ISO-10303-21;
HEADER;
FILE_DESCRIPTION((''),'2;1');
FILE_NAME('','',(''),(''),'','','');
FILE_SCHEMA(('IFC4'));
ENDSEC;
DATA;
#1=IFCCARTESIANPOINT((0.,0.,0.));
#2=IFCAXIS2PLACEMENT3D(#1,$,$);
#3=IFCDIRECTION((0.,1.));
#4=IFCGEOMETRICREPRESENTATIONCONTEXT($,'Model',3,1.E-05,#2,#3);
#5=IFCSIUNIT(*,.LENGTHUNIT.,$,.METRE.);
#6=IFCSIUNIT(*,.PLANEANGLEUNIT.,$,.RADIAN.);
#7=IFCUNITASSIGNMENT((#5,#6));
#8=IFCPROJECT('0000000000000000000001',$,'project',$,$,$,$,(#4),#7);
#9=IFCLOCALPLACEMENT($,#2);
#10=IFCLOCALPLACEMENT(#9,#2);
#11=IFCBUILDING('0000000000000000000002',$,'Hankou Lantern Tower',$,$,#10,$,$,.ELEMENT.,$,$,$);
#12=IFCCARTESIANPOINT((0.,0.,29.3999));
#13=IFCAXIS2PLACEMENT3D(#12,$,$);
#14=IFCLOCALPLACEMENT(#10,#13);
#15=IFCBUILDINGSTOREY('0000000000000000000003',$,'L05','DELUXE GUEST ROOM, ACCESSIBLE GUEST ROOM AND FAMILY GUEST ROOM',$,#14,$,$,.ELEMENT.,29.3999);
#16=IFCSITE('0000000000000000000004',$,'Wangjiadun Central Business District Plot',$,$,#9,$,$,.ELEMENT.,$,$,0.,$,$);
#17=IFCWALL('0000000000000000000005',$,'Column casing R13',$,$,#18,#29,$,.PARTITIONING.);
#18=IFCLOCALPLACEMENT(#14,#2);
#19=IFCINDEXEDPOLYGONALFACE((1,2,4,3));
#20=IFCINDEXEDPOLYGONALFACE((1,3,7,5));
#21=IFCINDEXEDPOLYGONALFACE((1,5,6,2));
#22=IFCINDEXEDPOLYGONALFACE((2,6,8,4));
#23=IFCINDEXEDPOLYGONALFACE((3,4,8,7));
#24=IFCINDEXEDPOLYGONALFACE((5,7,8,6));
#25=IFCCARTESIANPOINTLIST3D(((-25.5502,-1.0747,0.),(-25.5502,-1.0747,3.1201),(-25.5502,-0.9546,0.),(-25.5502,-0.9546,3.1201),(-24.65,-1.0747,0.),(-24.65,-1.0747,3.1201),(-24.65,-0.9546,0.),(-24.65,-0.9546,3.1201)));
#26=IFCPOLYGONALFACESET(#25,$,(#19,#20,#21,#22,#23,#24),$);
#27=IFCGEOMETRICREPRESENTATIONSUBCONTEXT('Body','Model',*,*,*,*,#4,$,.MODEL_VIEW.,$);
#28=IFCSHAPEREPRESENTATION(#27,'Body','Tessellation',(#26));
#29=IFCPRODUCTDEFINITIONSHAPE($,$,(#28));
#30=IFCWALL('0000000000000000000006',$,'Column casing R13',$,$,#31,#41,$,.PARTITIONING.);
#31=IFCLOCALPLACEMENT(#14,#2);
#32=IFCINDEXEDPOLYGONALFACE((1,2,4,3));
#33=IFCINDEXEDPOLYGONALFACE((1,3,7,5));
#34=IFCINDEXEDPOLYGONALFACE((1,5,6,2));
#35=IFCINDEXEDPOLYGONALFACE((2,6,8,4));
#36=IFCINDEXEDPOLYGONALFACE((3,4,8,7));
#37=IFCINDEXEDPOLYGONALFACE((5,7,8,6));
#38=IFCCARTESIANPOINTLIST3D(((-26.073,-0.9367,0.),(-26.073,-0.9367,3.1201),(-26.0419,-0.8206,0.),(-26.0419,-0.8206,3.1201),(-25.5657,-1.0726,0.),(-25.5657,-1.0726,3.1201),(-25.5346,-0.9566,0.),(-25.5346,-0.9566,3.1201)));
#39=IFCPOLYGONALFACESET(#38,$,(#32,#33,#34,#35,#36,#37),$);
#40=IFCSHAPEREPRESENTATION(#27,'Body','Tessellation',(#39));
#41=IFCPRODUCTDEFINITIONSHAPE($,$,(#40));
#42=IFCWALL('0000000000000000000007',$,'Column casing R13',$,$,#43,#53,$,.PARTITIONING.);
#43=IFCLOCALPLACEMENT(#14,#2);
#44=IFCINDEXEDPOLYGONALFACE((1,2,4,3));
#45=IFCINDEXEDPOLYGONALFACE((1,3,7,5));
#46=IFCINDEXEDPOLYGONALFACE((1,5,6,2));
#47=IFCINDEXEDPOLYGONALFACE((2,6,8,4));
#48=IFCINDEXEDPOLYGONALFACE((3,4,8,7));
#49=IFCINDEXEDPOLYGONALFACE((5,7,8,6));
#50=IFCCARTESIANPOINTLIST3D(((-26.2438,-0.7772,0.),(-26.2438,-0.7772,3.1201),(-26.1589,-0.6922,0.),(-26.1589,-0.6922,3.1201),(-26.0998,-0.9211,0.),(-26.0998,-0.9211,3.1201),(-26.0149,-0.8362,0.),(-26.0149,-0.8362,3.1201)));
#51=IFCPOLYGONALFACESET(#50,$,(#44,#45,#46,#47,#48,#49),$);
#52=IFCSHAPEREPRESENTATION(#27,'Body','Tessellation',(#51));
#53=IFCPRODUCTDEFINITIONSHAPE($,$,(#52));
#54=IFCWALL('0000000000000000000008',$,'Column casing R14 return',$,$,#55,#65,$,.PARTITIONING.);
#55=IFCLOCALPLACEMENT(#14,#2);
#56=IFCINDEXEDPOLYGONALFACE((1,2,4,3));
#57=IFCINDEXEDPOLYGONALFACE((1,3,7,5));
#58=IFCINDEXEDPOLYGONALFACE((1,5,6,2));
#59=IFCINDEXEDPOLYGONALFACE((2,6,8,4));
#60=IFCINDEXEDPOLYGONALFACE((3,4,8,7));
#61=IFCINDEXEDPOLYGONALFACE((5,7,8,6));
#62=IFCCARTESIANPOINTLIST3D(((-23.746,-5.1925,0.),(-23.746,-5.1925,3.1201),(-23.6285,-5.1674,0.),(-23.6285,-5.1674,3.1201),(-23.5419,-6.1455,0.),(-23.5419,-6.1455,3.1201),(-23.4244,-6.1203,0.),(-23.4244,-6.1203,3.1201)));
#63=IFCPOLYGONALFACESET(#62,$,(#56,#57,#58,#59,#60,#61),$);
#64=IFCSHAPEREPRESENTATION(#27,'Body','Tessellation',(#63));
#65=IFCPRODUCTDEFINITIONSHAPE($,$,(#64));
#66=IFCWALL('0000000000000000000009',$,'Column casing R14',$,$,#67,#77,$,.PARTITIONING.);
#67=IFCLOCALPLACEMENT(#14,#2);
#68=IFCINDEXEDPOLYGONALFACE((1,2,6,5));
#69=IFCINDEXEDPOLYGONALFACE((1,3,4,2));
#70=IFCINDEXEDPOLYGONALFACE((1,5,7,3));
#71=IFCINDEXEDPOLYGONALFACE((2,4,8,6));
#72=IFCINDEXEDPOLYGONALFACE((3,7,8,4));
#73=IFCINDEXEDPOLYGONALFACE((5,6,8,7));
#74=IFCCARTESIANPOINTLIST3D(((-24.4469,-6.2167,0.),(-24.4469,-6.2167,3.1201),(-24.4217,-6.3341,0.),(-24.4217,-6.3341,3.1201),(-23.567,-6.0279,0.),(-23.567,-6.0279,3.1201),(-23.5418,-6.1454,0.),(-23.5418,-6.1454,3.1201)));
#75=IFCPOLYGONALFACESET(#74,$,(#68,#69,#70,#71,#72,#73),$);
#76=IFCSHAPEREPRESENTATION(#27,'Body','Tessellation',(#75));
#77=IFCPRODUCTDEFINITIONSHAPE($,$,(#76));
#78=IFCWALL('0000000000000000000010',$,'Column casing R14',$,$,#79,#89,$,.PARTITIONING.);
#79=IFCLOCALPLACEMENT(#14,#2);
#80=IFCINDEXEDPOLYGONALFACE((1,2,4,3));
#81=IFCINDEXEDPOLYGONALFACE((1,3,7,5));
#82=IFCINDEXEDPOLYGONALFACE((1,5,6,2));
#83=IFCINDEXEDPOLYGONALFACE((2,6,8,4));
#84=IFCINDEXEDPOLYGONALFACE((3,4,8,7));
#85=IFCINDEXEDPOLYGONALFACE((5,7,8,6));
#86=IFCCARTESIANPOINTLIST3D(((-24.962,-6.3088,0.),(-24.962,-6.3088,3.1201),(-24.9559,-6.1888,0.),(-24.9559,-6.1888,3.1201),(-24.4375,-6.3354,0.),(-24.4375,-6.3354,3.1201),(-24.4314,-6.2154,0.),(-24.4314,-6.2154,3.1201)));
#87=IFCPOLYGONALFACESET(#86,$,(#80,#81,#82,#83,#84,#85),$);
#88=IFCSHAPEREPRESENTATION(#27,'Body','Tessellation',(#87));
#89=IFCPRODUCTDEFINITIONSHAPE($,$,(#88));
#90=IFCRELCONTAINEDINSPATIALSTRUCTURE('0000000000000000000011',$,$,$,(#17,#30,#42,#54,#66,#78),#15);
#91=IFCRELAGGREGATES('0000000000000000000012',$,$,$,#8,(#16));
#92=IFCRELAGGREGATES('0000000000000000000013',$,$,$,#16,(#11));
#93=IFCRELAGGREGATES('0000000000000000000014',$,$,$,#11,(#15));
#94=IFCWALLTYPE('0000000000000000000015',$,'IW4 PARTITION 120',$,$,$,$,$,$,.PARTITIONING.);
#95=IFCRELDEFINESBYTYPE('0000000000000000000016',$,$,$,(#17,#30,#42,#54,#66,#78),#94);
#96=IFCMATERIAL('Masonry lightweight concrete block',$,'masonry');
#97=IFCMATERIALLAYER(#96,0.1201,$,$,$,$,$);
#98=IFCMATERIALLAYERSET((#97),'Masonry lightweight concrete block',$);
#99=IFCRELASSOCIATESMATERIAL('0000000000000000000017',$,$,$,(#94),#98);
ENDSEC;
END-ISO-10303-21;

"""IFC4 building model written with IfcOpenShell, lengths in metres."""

from ifc_helpers import new_model, si_unit, direction, frame, frame_2d, origin, place, context, subcontext, project, spatial, rectangle, extrude, material, layer, layer_set, type_object, element, save


model = new_model("IFC4")

# Units and contexts
model_context = context("Model", 3, precision=1e-05, world=origin(), true_north=direction((0.0, 1.0)))
body_context = subcontext(model_context, "Body", "Model", "MODEL_VIEW")
ifc_project = project(units=[si_unit("LENGTHUNIT", "METRE"), si_unit("PLANEANGLEUNIT", "RADIAN")], contexts=[model_context])

# Site, building, storey
site_placement = place(None, origin())
site = spatial("IfcSite", under=ifc_project, at=site_placement, Name="Wangjiadun Central Business District Plot", CompositionType="ELEMENT", RefElevation=0.0)
building_placement = place(site_placement, origin())
building = spatial("IfcBuilding", under=site, at=building_placement, Name="Hankou Lantern Tower", CompositionType="ELEMENT")
storey_placement = place(building_placement, frame((0.0, 0.0, 29.3999)))
storey = spatial("IfcBuildingStorey", under=building, at=storey_placement, Name="L05", Description="DELUXE GUEST ROOM, ACCESSIBLE GUEST ROOM AND FAMILY GUEST ROOM", CompositionType="ELEMENT", Elevation=29.3999)

# Walls
ifc_material_1 = material(Name="Masonry lightweight concrete block", Category="masonry")
ifc_layer_1 = layer(ifc_material_1, 0.1201)
ifc_layer_set_1 = layer_set([ifc_layer_1], Name="Masonry lightweight concrete block")
wall_type_1 = type_object("IfcWallType", Name="IW4 PARTITION 120", PredefinedType="PARTITIONING", material=ifc_layer_set_1)
wall_1_placement = place(storey_placement, frame((-24.6499, -1.0146, 0.0), z_axis=(0.0, 0.0, 1.0), x_axis=(-1.0, 0.0, 0.0)))
element("IfcWall", 1, at=wall_1_placement, inside=storey, type_object=wall_type_1, Name="Column casing R13", PredefinedType="PARTITIONING", context=body_context, shape_type="SweptSolid", body=[
    extrude(rectangle(XDim=0.9001, YDim=0.1201, at=frame_2d((0.4502, 0.0))), origin(), (0.0, 0.0, 1.0), 3.1201),
])
wall_2_placement = place(storey_placement, frame((-25.55, -1.0146, 0.0), z_axis=(0.0, 0.0, 1.0), x_axis=(-0.965902, 0.258906, 0.0)))
element("IfcWall", 2, at=wall_2_placement, inside=storey, type_object=wall_type_1, Name="Column casing R13", PredefinedType="PARTITIONING", context=body_context, shape_type="SweptSolid", body=[
    extrude(rectangle(XDim=0.5251, YDim=0.1201, at=frame_2d((0.2627, 0.0))), origin(), (0.0, 0.0, 1.0), 3.1201),
])
wall_3_placement = place(storey_placement, frame((-26.0574, -0.8787, 0.0), z_axis=(0.0, 0.0, 1.0), x_axis=(-0.707107, 0.707107, 0.0)))
element("IfcWall", 3, at=wall_3_placement, inside=storey, type_object=wall_type_1, Name="Column casing R13", PredefinedType="PARTITIONING", context=body_context, shape_type="SweptSolid", body=[
    extrude(rectangle(XDim=0.2036, YDim=0.1201, at=frame_2d((0.1018, 0.0))), origin(), (0.0, 0.0, 1.0), 3.1201),
])
wall_4_placement = place(storey_placement, frame((-23.6873, -5.1799, 0.0), z_axis=(0.0, 0.0, 1.0), x_axis=(0.209444, -0.977821, 0.0)))
element("IfcWall", 4, at=wall_4_placement, inside=storey, type_object=wall_type_1, Name="Column casing R14 return", PredefinedType="PARTITIONING", context=body_context, shape_type="SweptSolid", body=[
    extrude(rectangle(XDim=0.9746, YDim=0.1201, at=frame_2d((0.4873, 0.0))), origin(), (0.0, 0.0, 1.0), 3.1201),
])
wall_5_placement = place(storey_placement, frame((-23.5544, -6.0867, 0.0), z_axis=(0.0, 0.0, 1.0), x_axis=(-0.977763, -0.209714, 0.0)))
element("IfcWall", 5, at=wall_5_placement, inside=storey, type_object=wall_type_1, Name="Column casing R14", PredefinedType="PARTITIONING", context=body_context, shape_type="SweptSolid", body=[
    extrude(rectangle(XDim=0.8999, YDim=0.1201, at=frame_2d((0.45, 0.0))), origin(), (0.0, 0.0, 1.0), 3.1201),
])
wall_6_placement = place(storey_placement, frame((-24.4343, -6.2754, 0.0), z_axis=(0.0, 0.0, 1.0), x_axis=(-0.998715, 0.05068, 0.0)))
element("IfcWall", 6, at=wall_6_placement, inside=storey, type_object=wall_type_1, Name="Column casing R14", PredefinedType="PARTITIONING", context=body_context, shape_type="SweptSolid", body=[
    extrude(rectangle(XDim=0.5251, YDim=0.1201, at=frame_2d((0.2627, 0.0))), origin(), (0.0, 0.0, 1.0), 3.1201),
])

save(model, "model.ifc")
